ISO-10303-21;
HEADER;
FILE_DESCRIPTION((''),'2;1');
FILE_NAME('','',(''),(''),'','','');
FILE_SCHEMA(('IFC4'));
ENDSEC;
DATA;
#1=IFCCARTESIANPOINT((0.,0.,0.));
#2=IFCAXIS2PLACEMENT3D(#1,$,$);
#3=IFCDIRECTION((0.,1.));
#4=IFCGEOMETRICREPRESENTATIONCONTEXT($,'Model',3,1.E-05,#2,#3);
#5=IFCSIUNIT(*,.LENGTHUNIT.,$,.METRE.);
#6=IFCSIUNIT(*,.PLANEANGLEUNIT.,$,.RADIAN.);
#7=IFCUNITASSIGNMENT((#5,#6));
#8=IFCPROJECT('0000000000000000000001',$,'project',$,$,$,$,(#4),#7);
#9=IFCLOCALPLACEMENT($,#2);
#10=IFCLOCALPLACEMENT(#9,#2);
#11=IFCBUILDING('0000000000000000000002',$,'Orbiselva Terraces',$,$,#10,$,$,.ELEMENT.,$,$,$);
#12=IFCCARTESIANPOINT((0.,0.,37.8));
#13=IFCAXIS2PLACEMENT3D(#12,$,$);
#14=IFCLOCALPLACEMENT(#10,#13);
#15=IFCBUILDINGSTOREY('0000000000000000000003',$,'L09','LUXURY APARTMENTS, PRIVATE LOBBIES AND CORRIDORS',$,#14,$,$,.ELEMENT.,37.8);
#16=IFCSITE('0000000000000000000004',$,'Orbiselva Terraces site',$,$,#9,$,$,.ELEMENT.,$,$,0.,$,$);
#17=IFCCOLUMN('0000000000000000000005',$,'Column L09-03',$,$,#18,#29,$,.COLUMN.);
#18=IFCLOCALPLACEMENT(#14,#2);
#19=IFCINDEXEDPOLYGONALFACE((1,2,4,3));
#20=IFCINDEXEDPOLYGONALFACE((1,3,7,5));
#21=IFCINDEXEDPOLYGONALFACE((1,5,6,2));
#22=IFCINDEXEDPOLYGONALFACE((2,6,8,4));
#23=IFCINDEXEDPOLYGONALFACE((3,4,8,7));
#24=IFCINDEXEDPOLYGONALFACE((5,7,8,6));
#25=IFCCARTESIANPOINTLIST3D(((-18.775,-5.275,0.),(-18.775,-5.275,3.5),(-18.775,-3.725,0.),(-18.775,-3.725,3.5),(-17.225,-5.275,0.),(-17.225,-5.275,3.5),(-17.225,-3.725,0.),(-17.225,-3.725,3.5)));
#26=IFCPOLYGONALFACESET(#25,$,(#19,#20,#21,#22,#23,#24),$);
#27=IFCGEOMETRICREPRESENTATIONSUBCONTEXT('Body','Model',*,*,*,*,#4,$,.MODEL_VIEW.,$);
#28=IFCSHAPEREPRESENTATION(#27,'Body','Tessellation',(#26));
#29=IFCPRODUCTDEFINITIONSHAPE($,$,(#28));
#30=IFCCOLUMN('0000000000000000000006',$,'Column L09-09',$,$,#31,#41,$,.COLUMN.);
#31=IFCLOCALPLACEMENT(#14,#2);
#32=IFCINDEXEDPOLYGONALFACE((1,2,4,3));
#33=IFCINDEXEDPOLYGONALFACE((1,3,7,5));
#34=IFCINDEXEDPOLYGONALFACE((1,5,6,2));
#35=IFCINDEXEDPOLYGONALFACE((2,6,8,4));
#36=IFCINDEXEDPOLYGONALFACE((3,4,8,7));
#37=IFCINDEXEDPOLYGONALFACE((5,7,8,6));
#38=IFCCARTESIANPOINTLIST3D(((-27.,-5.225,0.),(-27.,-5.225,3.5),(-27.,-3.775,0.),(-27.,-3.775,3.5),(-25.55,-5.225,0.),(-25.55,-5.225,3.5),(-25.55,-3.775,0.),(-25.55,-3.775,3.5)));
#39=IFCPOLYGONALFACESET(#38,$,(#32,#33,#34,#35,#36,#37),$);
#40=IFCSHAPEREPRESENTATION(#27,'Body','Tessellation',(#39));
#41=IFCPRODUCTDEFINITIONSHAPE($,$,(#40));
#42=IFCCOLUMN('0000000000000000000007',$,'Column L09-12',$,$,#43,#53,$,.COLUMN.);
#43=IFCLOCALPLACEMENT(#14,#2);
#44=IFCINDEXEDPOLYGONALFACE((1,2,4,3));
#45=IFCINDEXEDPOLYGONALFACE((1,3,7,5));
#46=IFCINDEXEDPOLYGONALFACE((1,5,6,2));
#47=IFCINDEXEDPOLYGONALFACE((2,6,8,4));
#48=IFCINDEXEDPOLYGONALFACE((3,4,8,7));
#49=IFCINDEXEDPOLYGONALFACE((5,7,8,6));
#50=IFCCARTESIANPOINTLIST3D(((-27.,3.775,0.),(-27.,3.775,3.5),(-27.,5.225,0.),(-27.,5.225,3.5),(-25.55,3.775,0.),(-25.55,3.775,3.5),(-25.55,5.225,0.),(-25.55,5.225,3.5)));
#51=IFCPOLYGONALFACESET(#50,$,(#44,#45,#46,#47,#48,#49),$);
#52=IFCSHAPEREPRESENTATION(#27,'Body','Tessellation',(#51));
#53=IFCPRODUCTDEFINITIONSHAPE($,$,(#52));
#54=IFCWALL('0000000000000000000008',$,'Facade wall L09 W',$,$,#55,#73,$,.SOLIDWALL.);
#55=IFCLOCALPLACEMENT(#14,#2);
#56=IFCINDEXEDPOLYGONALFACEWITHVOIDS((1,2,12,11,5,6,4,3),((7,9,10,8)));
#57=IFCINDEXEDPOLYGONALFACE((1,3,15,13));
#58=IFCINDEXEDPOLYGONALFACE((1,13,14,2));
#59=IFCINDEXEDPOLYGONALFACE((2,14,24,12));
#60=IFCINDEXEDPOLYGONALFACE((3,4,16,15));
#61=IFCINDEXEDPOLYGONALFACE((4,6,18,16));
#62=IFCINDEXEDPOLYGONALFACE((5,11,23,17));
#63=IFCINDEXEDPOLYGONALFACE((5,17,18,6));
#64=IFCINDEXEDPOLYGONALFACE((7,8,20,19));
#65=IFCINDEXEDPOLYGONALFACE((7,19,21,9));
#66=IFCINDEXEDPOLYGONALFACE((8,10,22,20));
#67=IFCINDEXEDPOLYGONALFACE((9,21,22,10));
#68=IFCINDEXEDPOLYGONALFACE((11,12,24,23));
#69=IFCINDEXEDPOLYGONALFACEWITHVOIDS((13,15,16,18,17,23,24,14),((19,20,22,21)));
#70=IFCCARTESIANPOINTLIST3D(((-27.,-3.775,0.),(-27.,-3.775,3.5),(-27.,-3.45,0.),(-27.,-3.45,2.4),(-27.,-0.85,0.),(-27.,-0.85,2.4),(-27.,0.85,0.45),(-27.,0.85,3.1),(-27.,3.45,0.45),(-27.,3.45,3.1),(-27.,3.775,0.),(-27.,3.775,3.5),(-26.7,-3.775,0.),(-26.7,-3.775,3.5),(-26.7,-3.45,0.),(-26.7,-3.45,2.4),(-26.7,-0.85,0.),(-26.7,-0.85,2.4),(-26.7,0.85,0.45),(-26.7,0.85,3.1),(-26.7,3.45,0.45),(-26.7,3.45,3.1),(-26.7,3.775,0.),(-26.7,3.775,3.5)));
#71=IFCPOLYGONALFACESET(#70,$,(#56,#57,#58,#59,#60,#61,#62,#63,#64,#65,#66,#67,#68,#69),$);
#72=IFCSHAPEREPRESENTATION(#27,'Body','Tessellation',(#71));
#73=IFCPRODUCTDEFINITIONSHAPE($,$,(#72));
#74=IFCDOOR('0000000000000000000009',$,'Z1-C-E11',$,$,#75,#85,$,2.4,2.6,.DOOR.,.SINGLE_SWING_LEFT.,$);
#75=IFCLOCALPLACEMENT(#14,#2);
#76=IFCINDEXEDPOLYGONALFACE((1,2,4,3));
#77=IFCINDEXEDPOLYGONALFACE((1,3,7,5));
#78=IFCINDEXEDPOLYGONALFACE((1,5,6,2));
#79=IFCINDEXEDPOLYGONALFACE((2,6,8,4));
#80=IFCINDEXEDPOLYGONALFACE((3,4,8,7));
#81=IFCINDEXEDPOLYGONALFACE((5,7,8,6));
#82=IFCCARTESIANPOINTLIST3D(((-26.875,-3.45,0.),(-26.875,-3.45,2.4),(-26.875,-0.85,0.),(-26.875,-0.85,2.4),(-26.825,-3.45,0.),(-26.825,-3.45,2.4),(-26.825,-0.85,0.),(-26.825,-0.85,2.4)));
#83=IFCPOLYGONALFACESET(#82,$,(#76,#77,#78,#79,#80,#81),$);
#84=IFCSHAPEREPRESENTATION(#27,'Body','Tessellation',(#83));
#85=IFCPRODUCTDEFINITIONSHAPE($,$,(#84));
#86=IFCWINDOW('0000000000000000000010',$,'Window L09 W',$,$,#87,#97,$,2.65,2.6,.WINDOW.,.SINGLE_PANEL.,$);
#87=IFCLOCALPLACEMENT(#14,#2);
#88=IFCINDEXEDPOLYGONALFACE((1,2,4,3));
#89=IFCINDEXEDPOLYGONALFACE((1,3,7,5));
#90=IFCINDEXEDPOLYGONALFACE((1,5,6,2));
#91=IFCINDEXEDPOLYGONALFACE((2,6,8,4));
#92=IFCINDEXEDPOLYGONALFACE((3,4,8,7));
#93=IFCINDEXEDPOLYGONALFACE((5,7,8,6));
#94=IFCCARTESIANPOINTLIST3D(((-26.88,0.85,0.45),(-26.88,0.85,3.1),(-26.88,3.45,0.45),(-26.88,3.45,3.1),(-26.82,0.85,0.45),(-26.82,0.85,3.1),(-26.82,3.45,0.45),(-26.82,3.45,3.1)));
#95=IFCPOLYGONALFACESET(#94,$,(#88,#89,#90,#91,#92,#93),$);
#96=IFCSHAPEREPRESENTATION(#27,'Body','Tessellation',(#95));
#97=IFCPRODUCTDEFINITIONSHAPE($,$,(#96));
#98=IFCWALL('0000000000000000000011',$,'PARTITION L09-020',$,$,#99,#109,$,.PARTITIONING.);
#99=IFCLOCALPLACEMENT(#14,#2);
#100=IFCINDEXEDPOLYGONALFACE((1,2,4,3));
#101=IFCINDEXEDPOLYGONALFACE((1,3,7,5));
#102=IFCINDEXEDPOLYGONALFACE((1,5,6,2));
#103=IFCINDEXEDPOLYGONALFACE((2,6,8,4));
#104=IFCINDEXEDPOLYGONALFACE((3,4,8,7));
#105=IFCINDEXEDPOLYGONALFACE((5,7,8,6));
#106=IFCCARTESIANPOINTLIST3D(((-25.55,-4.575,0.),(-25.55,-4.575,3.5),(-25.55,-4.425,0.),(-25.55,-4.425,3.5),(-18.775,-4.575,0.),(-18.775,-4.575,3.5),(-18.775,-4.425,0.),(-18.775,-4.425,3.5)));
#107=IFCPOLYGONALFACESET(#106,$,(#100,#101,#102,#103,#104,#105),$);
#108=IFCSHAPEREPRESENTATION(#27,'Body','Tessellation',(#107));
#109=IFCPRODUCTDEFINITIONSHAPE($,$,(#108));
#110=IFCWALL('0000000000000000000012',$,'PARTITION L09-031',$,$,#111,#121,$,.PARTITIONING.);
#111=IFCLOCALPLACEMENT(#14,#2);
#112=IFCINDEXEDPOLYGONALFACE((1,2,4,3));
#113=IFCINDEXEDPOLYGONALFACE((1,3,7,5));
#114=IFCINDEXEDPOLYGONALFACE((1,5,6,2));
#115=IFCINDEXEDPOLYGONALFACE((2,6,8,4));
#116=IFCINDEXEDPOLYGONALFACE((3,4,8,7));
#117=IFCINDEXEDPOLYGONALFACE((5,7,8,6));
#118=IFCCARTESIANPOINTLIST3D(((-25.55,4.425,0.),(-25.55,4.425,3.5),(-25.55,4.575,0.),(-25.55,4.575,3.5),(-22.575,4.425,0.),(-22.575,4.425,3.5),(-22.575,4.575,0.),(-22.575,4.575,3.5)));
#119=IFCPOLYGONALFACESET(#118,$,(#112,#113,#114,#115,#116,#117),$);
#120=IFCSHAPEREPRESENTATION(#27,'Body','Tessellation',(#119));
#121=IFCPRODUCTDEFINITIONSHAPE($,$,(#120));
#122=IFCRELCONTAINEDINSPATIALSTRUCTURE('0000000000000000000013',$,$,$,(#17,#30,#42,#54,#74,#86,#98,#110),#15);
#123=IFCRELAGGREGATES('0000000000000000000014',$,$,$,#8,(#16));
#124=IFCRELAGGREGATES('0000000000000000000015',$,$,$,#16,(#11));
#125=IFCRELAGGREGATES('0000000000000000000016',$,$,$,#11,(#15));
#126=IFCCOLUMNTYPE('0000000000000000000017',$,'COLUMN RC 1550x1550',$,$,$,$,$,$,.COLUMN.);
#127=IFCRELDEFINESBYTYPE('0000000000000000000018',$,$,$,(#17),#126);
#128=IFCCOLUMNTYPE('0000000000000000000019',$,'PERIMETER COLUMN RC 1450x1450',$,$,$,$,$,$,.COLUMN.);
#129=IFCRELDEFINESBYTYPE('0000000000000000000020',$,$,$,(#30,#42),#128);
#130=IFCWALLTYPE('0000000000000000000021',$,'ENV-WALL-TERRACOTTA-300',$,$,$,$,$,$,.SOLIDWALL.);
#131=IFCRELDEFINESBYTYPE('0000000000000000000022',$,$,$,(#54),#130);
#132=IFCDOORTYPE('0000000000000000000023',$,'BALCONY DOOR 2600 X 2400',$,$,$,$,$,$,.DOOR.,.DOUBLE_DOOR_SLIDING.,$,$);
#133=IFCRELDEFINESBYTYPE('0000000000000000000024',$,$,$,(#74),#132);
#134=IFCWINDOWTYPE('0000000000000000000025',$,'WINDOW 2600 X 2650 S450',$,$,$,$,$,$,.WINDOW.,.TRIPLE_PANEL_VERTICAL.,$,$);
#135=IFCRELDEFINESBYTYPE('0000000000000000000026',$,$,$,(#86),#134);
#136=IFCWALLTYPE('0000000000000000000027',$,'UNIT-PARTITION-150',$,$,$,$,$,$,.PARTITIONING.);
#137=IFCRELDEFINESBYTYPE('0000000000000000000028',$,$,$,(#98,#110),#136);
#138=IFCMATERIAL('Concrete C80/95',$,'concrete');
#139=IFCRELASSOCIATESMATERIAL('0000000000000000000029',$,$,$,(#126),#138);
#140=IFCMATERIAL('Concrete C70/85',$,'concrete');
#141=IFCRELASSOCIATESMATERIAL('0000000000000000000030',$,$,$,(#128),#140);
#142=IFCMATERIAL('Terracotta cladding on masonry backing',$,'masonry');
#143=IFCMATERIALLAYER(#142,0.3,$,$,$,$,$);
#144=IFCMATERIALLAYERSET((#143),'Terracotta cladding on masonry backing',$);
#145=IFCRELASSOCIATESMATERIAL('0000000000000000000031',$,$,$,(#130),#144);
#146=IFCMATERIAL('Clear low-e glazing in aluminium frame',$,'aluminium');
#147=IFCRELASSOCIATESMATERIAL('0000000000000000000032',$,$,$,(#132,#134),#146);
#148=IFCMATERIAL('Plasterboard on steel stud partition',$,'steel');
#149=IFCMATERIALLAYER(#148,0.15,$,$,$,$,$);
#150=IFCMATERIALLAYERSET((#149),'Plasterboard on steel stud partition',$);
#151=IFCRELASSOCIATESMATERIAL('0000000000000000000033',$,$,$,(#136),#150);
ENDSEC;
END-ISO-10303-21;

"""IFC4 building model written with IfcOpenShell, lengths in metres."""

from ifc_helpers import new_model, si_unit, direction, frame, frame_2d, origin, origin_2d, place, context, subcontext, project, spatial, rectangle, extrude, material, layer, layer_set, material_profile, profile_set, type_object, element, fill, save


model = new_model("IFC4")

# Units and contexts
model_context = context("Model", 3, precision=1e-05, world=origin(), true_north=direction((0.0, 1.0)))
body_context = subcontext(model_context, "Body", "Model", "MODEL_VIEW")
ifc_project = project(units=[si_unit("LENGTHUNIT", "METRE"), si_unit("PLANEANGLEUNIT", "RADIAN")], contexts=[model_context])

# Site, building, storey
site_placement = place(None, origin())
site = spatial("IfcSite", under=ifc_project, at=site_placement, Name="Orbiselva Terraces site", CompositionType="ELEMENT", RefElevation=0.0)
building_placement = place(site_placement, origin())
building = spatial("IfcBuilding", under=site, at=building_placement, Name="Orbiselva Terraces", CompositionType="ELEMENT")
storey_placement = place(building_placement, frame((0.0, 0.0, 37.8)))
storey = spatial("IfcBuildingStorey", under=building, at=storey_placement, Name="L09", Description="LUXURY APARTMENTS, PRIVATE LOBBIES AND CORRIDORS", CompositionType="ELEMENT", Elevation=37.8)

# Columns
ifc_material_1 = material(Name="Concrete C80/95", Category="concrete")
ifc_material_profile_1 = material_profile(ifc_material_1, rectangle(XDim=1.55, YDim=1.55, at=origin_2d()), Name="RC 1550x1550")
ifc_profile_set_1 = profile_set([ifc_material_profile_1], Name="Concrete C80/95")
column_type_1 = type_object("IfcColumnType", Name="COLUMN RC 1550x1550", PredefinedType="COLUMN", material=ifc_profile_set_1)
column_placement = place(storey_placement, frame((-18.0, -4.5, 0.0), z_axis=(0.0, 0.0, 1.0), x_axis=(1.0, 0.0, 0.0)))
element("IfcColumn", 1, at=column_placement, inside=storey, type_object=column_type_1, Name="Column L09-03", PredefinedType="COLUMN", context=body_context, shape_type="SweptSolid", body=[
    extrude(rectangle(XDim=1.55, YDim=1.55, at=origin_2d()), origin(), (0.0, 0.0, 1.0), 3.5),
])
ifc_material_2 = material(Name="Concrete C70/85", Category="concrete")
ifc_material_profile_2 = material_profile(ifc_material_2, rectangle(XDim=1.45, YDim=1.45, at=origin_2d()), Name="RC 1450x1450")
ifc_profile_set_2 = profile_set([ifc_material_profile_2], Name="Concrete C70/85")
column_type_2 = type_object("IfcColumnType", Name="PERIMETER COLUMN RC 1450x1450", PredefinedType="COLUMN", material=ifc_profile_set_2)
for number, where, z_axis, x_axis, name in (
    (2, (-26.275, -4.5, 0.0), (0.0, 0.0, 1.0), (1.0, 0.0, 0.0), "Column L09-09"),
    (3, (-26.275, 4.5, 0.0), (0.0, 0.0, 1.0), (1.0, 0.0, 0.0), "Column L09-12"),
):
    element("IfcColumn", number, at=place(storey_placement, frame(where, z_axis=z_axis, x_axis=x_axis)), inside=storey, type_object=column_type_2, Name=name, PredefinedType="COLUMN", context=body_context, shape_type="SweptSolid", body=[
        extrude(rectangle(XDim=1.45, YDim=1.45, at=origin_2d()), origin(), (0.0, 0.0, 1.0), 3.5),
    ])

# Wall, openings, door, window
ifc_material_3 = material(Name="Terracotta cladding on masonry backing", Category="masonry")
ifc_layer_1 = layer(ifc_material_3, 0.3)
ifc_layer_set_1 = layer_set([ifc_layer_1], Name="Terracotta cladding on masonry backing")
wall_type_1 = type_object("IfcWallType", Name="ENV-WALL-TERRACOTTA-300", PredefinedType="SOLIDWALL", material=ifc_layer_set_1)
wall_1_placement = place(storey_placement, frame((-26.85, -3.775, 0.0), z_axis=(0.0, 0.0, 1.0), x_axis=(0.0, 1.0, 0.0)))
wall_1 = element("IfcWall", 4, at=wall_1_placement, inside=storey, type_object=wall_type_1, Name="Facade wall L09 W", PredefinedType="SOLIDWALL", context=body_context, shape_type="SweptSolid", body=[
    extrude(rectangle(XDim=7.55, YDim=0.3, at=frame_2d((3.775, 0.0))), origin(), (0.0, 0.0, 1.0), 3.5),
])
opening_1_placement = place(wall_1_placement, frame((4.625, 0.0, 0.45)))
opening_1 = element("IfcOpeningElement", 5, at=opening_1_placement, cuts=wall_1, PredefinedType="OPENING", context=body_context, shape_type="SweptSolid", body=[
    extrude(rectangle(XDim=2.6, YDim=2.65, at=frame_2d((1.3, 1.325))), frame((0.0, 0.16, 0.0), z_axis=(0.0, -1.0, 0.0), x_axis=(1.0, 0.0, 0.0)), (0.0, 0.0, 1.0), 0.32),
])
opening_2_placement = place(wall_1_placement, frame((0.325, 0.0, 0.0)))
opening_2 = element("IfcOpeningElement", 6, at=opening_2_placement, cuts=wall_1, PredefinedType="OPENING", context=body_context, shape_type="SweptSolid", body=[
    extrude(rectangle(XDim=2.6, YDim=2.4, at=frame_2d((1.3, 1.2))), frame((0.0, 0.16, 0.0), z_axis=(0.0, -1.0, 0.0), x_axis=(1.0, 0.0, 0.0)), (0.0, 0.0, 1.0), 0.32),
])
ifc_material_4 = material(Name="Clear low-e glazing in aluminium frame", Category="aluminium")
door_type_1 = type_object("IfcDoorType", Name="BALCONY DOOR 2600 X 2400", OperationType="DOUBLE_DOOR_SLIDING", PredefinedType="DOOR", material=ifc_material_4)
door_1_placement = place(opening_2_placement, origin())
door_1 = element("IfcDoor", 7, at=door_1_placement, inside=storey, type_object=door_type_1, Name="Z1-C-E11", OperationType="SINGLE_SWING_LEFT", OverallHeight=2.4, OverallWidth=2.6, PredefinedType="DOOR", context=body_context, shape_type="SweptSolid", body=[
    extrude(rectangle(XDim=2.6, YDim=2.4, at=frame_2d((1.3, 1.2))), frame((0.0, 0.025, 0.0), z_axis=(0.0, -1.0, 0.0), x_axis=(1.0, 0.0, 0.0)), (0.0, 0.0, 1.0), 0.05),
])
fill(opening_2, door_1)
window_type = type_object("IfcWindowType", Name="WINDOW 2600 X 2650 S450", PartitioningType="TRIPLE_PANEL_VERTICAL", PredefinedType="WINDOW", material=ifc_material_4)
window_placement = place(opening_1_placement, origin())
window = element("IfcWindow", 8, at=window_placement, inside=storey, type_object=window_type, Name="Window L09 W", OverallHeight=2.65, OverallWidth=2.6, PartitioningType="SINGLE_PANEL", PredefinedType="WINDOW", context=body_context, shape_type="SweptSolid", body=[
    extrude(rectangle(XDim=2.6, YDim=2.65, at=frame_2d((1.3, 1.325))), frame((0.0, 0.03, 0.0), z_axis=(0.0, -1.0, 0.0), x_axis=(1.0, 0.0, 0.0)), (0.0, 0.0, 1.0), 0.06),
])
fill(opening_1, window)

# Walls
ifc_material_5 = material(Name="Plasterboard on steel stud partition", Category="steel")
ifc_layer_2 = layer(ifc_material_5, 0.15)
ifc_layer_set_2 = layer_set([ifc_layer_2], Name="Plasterboard on steel stud partition")
wall_type_2 = type_object("IfcWallType", Name="UNIT-PARTITION-150", PredefinedType="PARTITIONING", material=ifc_layer_set_2)
wall_2_placement = place(storey_placement, frame((-25.55, -4.5, 0.0), z_axis=(0.0, 0.0, 1.0), x_axis=(1.0, 0.0, 0.0)))
element("IfcWall", 9, at=wall_2_placement, inside=storey, type_object=wall_type_2, Name="PARTITION L09-020", PredefinedType="PARTITIONING", context=body_context, shape_type="SweptSolid", body=[
    extrude(rectangle(XDim=6.775, YDim=0.15, at=frame_2d((3.3875, 0.0))), origin(), (0.0, 0.0, 1.0), 3.5),
])
wall_3_placement = place(storey_placement, frame((-25.55, 4.5, 0.0), z_axis=(0.0, 0.0, 1.0), x_axis=(1.0, 0.0, 0.0)))
element("IfcWall", 10, at=wall_3_placement, inside=storey, type_object=wall_type_2, Name="PARTITION L09-031", PredefinedType="PARTITIONING", context=body_context, shape_type="SweptSolid", body=[
    extrude(rectangle(XDim=2.975, YDim=0.15, at=frame_2d((1.4875, 0.0))), origin(), (0.0, 0.0, 1.0), 3.5),
])

save(model, "model.ifc")
